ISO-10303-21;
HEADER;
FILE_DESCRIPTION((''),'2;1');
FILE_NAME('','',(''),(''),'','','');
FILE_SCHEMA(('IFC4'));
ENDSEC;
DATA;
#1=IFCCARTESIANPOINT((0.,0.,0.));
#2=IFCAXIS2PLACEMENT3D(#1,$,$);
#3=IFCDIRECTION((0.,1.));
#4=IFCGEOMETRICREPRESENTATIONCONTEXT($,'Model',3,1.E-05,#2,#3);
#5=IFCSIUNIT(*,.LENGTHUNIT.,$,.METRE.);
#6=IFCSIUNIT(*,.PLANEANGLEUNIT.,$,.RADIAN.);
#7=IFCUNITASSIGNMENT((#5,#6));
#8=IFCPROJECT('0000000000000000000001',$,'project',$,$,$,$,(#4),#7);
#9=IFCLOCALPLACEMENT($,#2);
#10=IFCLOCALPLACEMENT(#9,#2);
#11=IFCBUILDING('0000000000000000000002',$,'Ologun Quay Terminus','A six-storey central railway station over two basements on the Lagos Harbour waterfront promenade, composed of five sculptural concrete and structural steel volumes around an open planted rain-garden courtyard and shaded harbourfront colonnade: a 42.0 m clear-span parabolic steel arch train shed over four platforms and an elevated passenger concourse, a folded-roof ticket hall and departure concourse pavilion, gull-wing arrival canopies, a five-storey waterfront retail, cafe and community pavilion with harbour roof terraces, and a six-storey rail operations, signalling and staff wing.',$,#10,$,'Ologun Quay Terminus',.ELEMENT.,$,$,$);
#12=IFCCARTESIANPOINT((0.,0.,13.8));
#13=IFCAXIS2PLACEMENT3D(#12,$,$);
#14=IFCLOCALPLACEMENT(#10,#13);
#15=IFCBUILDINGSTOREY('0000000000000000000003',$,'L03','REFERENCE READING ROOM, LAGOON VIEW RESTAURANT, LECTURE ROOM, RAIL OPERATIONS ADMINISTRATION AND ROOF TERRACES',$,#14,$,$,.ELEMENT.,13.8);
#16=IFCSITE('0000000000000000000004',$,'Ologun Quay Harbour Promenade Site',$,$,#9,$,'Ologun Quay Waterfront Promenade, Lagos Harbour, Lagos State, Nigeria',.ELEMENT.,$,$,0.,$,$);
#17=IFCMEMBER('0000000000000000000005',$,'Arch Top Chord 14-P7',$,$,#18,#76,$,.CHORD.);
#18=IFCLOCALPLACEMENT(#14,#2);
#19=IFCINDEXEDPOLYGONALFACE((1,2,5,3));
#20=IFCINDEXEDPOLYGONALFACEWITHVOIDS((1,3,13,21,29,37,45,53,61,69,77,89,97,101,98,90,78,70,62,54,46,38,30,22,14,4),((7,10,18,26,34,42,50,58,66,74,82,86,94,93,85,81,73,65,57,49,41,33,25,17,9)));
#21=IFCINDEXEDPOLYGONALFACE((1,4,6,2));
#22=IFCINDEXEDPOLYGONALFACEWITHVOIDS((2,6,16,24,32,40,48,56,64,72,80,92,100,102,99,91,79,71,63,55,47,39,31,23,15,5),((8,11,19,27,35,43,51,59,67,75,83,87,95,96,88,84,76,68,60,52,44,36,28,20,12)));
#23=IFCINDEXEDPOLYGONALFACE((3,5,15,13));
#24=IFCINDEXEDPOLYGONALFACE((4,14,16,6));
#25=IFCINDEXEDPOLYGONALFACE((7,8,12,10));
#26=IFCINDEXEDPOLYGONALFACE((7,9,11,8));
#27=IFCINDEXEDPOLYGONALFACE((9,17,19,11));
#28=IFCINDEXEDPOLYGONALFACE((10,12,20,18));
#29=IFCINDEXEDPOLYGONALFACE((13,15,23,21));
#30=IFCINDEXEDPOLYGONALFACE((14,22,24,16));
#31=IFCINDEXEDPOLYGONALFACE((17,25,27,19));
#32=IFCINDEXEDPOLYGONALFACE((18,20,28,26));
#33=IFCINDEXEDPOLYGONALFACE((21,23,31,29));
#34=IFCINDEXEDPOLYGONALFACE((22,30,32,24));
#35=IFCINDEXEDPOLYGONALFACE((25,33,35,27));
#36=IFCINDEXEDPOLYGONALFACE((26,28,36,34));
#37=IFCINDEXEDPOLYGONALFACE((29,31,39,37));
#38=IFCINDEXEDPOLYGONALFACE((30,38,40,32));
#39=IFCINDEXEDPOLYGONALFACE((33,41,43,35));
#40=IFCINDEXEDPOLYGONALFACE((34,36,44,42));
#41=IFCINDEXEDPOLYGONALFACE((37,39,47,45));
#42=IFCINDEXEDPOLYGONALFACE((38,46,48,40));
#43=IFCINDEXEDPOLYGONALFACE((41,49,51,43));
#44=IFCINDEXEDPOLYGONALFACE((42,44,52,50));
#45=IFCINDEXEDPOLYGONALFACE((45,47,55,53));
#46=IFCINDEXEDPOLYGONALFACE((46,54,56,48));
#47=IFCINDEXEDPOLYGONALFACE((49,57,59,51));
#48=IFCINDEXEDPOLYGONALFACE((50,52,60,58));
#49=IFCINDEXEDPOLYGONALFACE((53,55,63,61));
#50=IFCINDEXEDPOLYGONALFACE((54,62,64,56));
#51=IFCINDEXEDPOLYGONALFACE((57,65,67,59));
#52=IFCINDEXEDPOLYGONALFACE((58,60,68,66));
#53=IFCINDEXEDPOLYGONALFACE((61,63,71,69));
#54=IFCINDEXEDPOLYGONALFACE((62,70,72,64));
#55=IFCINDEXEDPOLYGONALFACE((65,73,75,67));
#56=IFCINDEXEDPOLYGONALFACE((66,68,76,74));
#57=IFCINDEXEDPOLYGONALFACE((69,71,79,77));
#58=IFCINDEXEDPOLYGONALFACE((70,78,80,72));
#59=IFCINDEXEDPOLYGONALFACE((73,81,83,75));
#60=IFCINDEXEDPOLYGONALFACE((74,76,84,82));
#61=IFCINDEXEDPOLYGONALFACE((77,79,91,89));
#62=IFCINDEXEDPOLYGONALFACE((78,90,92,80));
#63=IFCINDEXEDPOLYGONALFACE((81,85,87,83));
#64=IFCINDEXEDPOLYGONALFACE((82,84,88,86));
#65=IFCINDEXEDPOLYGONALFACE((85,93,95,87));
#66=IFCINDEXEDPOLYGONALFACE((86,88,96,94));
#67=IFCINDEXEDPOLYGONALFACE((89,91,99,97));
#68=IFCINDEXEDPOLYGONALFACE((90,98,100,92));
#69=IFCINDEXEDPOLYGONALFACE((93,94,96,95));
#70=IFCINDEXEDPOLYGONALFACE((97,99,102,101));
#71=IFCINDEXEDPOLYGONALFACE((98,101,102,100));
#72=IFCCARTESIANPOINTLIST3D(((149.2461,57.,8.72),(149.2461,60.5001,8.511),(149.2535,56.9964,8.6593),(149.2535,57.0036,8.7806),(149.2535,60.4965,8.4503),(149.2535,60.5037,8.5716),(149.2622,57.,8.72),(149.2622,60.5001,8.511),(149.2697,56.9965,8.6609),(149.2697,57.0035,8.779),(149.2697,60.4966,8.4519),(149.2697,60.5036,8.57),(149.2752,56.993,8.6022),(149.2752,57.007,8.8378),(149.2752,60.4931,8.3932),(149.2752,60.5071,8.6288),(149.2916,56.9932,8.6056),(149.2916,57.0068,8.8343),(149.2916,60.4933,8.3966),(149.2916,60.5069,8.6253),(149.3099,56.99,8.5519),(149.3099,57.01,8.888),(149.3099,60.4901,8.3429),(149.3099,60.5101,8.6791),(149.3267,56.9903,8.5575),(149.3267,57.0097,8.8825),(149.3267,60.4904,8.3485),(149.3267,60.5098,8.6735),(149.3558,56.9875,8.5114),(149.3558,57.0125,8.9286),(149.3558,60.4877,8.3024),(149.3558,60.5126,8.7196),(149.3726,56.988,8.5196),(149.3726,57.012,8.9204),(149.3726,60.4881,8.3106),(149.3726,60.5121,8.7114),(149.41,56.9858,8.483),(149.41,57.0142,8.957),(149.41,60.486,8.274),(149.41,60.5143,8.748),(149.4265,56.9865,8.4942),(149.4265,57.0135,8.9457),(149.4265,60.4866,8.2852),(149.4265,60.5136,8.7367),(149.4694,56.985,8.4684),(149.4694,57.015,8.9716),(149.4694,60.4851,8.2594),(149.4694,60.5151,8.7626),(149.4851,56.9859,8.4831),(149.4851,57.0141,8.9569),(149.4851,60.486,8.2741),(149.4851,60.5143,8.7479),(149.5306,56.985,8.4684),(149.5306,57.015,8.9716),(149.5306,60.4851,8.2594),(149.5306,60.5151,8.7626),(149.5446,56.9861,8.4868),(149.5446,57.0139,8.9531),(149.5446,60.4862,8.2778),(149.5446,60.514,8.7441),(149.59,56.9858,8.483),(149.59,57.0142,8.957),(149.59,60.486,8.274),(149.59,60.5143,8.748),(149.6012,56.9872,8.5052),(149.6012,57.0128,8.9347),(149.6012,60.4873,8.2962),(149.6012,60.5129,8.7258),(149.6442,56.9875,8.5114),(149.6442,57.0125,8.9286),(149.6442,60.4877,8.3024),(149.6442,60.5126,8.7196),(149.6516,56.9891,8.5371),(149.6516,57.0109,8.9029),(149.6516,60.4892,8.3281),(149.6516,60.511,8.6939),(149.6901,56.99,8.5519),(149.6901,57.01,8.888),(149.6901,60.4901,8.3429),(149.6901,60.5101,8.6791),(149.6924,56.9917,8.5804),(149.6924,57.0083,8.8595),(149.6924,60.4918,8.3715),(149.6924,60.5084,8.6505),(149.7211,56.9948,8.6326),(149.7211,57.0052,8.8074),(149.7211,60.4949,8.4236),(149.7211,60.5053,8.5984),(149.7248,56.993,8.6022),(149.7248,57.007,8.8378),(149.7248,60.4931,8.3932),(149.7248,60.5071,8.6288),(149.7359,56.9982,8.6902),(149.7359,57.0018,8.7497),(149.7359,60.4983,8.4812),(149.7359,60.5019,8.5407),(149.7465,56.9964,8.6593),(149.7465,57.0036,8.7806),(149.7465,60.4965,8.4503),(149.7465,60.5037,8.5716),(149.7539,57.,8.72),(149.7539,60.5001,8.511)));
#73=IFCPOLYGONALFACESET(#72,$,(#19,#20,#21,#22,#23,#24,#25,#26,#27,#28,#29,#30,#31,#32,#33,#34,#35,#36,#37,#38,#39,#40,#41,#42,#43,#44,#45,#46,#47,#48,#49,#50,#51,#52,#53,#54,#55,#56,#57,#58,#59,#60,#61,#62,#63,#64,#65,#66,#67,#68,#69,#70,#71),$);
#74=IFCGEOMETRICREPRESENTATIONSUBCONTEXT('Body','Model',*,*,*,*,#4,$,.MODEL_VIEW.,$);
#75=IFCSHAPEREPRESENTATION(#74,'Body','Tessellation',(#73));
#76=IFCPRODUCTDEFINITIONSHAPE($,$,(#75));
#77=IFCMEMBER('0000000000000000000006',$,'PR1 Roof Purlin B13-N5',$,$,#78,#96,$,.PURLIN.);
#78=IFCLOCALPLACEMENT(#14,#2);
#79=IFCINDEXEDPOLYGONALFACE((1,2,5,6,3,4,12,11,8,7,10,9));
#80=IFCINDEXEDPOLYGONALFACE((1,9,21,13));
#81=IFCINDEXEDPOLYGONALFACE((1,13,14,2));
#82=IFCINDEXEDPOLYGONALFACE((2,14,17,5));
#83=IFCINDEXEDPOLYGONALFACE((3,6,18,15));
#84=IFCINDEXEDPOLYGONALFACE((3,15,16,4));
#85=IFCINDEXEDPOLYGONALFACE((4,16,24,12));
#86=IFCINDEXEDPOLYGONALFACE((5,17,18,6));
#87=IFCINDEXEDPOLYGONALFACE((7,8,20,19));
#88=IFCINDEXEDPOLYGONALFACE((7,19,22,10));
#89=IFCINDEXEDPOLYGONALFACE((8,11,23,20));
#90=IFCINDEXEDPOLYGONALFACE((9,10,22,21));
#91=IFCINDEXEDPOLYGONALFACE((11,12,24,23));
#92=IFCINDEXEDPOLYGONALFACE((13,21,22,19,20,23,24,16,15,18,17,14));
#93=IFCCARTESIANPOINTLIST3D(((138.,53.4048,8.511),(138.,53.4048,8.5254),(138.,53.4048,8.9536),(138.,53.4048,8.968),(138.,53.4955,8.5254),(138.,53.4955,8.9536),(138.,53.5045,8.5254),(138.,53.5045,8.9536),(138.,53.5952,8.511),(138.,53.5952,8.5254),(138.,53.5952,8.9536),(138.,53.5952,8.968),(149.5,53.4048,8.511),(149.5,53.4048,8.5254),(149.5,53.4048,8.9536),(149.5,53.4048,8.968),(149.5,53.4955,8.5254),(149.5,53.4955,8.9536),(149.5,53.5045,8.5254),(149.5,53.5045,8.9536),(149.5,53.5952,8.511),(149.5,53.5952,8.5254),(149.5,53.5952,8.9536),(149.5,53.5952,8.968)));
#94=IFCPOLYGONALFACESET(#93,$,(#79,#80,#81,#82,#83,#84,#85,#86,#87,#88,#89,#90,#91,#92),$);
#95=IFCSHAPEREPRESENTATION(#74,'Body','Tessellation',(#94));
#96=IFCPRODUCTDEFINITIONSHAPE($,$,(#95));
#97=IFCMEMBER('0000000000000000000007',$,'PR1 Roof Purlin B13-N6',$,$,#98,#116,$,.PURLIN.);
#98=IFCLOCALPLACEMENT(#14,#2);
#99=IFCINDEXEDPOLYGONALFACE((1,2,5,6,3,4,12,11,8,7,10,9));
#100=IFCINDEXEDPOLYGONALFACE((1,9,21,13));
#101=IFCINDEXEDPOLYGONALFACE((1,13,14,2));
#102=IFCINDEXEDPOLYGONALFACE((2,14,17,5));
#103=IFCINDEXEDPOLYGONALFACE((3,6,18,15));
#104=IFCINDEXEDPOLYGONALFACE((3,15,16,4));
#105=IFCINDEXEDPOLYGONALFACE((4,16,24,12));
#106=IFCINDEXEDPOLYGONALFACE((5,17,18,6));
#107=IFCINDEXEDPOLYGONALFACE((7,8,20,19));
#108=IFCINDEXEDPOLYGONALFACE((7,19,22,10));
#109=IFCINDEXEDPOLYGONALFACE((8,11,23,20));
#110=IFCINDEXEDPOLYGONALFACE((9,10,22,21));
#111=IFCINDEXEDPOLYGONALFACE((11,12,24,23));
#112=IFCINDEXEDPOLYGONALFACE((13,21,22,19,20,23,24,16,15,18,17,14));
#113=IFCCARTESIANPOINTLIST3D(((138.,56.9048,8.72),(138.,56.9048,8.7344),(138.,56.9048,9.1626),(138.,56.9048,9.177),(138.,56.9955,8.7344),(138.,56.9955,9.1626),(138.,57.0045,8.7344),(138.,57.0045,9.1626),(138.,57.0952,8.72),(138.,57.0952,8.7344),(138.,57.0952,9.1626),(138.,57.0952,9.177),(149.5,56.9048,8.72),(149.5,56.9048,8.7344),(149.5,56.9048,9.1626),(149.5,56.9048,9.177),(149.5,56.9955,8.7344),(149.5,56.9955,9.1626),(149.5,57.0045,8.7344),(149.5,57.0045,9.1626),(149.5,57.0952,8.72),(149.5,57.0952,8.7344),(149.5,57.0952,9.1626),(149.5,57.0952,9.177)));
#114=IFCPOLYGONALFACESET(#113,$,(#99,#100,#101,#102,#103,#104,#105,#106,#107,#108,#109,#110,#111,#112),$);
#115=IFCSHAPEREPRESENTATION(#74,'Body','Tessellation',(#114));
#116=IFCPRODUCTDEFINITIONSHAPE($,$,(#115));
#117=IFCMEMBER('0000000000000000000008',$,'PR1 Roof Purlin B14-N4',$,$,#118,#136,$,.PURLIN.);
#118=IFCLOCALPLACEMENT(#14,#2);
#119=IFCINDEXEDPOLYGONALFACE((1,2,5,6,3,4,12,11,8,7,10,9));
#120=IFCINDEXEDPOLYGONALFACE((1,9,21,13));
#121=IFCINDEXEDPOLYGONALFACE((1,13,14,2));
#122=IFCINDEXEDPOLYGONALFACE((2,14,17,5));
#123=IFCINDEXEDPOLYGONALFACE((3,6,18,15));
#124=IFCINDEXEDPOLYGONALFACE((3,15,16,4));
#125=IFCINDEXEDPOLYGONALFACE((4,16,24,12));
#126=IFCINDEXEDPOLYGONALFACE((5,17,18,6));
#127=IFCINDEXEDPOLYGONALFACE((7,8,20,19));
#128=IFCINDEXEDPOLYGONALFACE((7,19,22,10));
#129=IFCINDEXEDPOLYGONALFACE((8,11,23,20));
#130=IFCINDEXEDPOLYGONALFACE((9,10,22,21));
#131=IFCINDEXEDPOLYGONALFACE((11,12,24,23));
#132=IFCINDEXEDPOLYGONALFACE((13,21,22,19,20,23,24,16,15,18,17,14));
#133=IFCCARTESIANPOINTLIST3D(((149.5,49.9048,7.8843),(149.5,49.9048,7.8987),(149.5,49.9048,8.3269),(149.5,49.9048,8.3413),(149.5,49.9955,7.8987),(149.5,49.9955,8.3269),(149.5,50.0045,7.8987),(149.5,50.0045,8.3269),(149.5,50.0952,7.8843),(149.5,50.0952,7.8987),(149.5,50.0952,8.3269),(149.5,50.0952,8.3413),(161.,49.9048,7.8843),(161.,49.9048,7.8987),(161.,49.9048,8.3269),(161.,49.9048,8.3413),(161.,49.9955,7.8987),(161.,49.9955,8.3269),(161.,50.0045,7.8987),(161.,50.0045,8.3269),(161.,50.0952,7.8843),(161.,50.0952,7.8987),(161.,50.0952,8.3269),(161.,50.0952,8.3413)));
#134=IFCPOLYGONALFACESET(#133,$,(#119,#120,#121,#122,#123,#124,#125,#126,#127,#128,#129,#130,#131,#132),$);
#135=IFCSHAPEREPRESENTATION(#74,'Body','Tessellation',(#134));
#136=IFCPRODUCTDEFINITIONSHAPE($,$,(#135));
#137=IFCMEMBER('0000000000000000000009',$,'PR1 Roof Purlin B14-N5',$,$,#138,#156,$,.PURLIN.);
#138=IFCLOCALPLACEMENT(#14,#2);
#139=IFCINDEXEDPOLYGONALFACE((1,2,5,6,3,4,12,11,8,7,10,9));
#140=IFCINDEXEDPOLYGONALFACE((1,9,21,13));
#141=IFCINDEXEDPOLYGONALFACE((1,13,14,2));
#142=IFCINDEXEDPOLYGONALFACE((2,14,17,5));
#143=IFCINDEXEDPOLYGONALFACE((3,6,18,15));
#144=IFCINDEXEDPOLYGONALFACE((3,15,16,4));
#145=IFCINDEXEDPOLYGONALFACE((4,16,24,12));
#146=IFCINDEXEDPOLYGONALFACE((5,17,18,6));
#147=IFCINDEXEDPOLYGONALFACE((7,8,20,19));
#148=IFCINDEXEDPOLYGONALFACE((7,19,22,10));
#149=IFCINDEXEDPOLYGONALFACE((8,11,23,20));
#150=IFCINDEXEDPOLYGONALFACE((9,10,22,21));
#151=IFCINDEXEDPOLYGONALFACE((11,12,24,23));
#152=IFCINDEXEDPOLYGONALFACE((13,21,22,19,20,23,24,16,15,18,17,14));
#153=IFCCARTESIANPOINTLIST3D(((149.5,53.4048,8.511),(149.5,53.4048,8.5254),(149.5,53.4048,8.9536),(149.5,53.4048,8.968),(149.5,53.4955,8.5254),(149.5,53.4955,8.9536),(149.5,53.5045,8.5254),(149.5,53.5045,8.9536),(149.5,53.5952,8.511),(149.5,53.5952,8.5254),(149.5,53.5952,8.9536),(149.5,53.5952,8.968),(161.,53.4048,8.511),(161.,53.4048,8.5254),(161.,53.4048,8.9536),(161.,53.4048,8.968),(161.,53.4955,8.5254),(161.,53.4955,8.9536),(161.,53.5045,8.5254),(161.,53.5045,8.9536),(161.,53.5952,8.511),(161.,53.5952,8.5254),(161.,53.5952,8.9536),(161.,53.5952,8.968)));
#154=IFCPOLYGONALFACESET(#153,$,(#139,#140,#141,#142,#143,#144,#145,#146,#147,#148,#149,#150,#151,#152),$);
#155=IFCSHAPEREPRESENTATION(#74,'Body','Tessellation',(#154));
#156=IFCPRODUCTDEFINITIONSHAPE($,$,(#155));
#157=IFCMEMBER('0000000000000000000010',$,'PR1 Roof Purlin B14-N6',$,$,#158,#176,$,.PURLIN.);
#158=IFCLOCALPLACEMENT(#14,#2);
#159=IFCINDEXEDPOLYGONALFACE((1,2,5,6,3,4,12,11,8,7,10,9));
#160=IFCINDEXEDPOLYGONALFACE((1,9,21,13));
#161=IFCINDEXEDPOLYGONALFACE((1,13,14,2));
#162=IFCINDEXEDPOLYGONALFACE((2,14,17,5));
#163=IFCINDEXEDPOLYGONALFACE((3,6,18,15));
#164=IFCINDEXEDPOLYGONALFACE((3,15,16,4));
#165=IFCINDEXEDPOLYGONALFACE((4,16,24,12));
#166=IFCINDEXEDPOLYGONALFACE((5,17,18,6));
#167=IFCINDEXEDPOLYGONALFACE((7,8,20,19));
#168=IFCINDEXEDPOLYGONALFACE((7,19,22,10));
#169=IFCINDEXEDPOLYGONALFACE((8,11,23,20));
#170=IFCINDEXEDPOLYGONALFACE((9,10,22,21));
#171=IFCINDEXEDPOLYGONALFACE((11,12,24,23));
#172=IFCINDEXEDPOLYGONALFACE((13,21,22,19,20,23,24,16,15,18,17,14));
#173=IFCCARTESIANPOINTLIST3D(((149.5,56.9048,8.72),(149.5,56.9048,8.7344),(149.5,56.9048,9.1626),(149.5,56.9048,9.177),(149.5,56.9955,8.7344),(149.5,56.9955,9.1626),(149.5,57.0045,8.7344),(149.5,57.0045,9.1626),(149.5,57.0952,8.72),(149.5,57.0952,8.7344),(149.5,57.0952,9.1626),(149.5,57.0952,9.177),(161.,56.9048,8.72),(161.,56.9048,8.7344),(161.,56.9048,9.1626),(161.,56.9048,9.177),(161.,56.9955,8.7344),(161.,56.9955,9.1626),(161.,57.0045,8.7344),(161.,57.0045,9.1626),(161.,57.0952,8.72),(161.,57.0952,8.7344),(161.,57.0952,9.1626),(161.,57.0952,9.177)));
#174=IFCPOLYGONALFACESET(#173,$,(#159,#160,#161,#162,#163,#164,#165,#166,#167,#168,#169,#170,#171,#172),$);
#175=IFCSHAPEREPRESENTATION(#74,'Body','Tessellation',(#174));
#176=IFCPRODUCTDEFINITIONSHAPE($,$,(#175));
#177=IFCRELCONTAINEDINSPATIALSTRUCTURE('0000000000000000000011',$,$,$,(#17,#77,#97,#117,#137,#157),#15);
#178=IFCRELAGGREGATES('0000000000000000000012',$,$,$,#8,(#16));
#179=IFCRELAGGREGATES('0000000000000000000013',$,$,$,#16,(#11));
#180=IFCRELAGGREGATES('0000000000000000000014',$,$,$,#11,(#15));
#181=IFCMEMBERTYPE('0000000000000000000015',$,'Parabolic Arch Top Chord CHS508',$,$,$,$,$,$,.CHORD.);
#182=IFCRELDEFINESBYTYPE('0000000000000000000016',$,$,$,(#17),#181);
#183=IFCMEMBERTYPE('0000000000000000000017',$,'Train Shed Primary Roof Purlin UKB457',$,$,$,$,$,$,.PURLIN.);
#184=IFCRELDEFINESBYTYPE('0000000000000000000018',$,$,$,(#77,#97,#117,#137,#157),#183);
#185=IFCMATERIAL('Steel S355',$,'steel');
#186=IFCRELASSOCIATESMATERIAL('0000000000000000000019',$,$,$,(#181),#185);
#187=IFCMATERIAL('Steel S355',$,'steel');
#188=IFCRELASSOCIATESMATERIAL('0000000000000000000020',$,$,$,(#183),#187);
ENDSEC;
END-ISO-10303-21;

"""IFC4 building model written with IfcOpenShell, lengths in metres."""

from ifc_helpers import new_model, si_unit, direction, frame, origin, origin_2d, place, context, subcontext, project, spatial, hollow_circle, i_section, extrude, material, material_profile, profile_set, type_object, element, save


model = new_model("IFC4")

# Units and contexts
model_context = context("Model", 3, precision=1e-05, world=origin(), true_north=direction((0.0, 1.0)))
body_context = subcontext(model_context, "Body", "Model", "MODEL_VIEW")
ifc_project = project(units=[si_unit("LENGTHUNIT", "METRE"), si_unit("PLANEANGLEUNIT", "RADIAN")], contexts=[model_context])

# Site, building, storey
site_placement = place(None, origin())
site = spatial("IfcSite", under=ifc_project, at=site_placement, Name="Ologun Quay Harbour Promenade Site", LongName="Ologun Quay Waterfront Promenade, Lagos Harbour, Lagos State, Nigeria", CompositionType="ELEMENT", RefElevation=0.0)
building_placement = place(site_placement, origin())
building = spatial("IfcBuilding", under=site, at=building_placement, Name="Ologun Quay Terminus", Description="A six-storey central railway station over two basements on the Lagos Harbour waterfront promenade, composed of five sculptural concrete and structural steel volumes around an open planted rain-garden courtyard and shaded harbourfront colonnade: a 42.0 m clear-span parabolic steel arch train shed over four platforms and an elevated passenger concourse, a folded-roof ticket hall and departure concourse pavilion, gull-wing arrival canopies, a five-storey waterfront retail, cafe and community pavilion with harbour roof terraces, and a six-storey rail operations, signalling and staff wing.", LongName="Ologun Quay Terminus", CompositionType="ELEMENT")
storey_placement = place(building_placement, frame((0.0, 0.0, 13.8)))
storey = spatial("IfcBuildingStorey", under=building, at=storey_placement, Name="L03", Description="REFERENCE READING ROOM, LAGOON VIEW RESTAURANT, LECTURE ROOM, RAIL OPERATIONS ADMINISTRATION AND ROOF TERRACES", CompositionType="ELEMENT", Elevation=13.8)

# Members
ifc_material_1 = material(Name="Steel S355", Category="steel")
ifc_material_profile_1 = material_profile(ifc_material_1, hollow_circle(Radius=0.2539, WallThickness=0.0161, at=origin_2d()), Name="CHS 508x16")
ifc_profile_set_1 = profile_set([ifc_material_profile_1], Name="Steel S355")
member_type_1 = type_object("IfcMemberType", Name="Parabolic Arch Top Chord CHS508", PredefinedType="CHORD", material=ifc_profile_set_1)
for number, where, z_axis, x_axis, name in (
    (1, (149.5, 57.0, 8.72), (0.0, 0.998222, -0.059604), (-1.0, 0.0, 0.0), "Arch Top Chord 14-P7"),
):
    element("IfcMember", number, at=place(storey_placement, frame(where, z_axis=z_axis, x_axis=x_axis)), inside=storey, type_object=member_type_1, Name=name, PredefinedType="CHORD", context=body_context, shape_type="SweptSolid", body=[
        extrude(hollow_circle(Radius=0.2539, WallThickness=0.0161, at=origin_2d()), origin(), (0.0, 0.0, 1.0), 3.5063),
    ])
ifc_material_2 = material(Name="Steel S355", Category="steel")
ifc_material_profile_2 = material_profile(ifc_material_2, i_section(OverallWidth=0.1904, OverallDepth=0.457, WebThickness=0.009, FlangeThickness=0.0144, at=origin_2d()), Name="UKB 457x191x74")
ifc_profile_set_2 = profile_set([ifc_material_profile_2], Name="Steel S355")
member_type_2 = type_object("IfcMemberType", Name="Train Shed Primary Roof Purlin UKB457", PredefinedType="PURLIN", material=ifc_profile_set_2)
for number, where, z_axis, x_axis, name in (
    (2, (138.0, 53.5, 8.7395), (1.0, 0.0, 0.0), (0.0, 1.0, 0.0), "PR1 Roof Purlin B13-N5"),
    (3, (138.0, 57.0, 8.9485), (1.0, 0.0, 0.0), (0.0, 1.0, 0.0), "PR1 Roof Purlin B13-N6"),
    (4, (149.5, 50.0, 8.1128), (1.0, 0.0, 0.0), (0.0, 1.0, 0.0), "PR1 Roof Purlin B14-N4"),
    (5, (149.5, 53.5, 8.7395), (1.0, 0.0, 0.0), (0.0, 1.0, 0.0), "PR1 Roof Purlin B14-N5"),
    (6, (149.5, 57.0, 8.9485), (1.0, 0.0, 0.0), (0.0, 1.0, 0.0), "PR1 Roof Purlin B14-N6"),
):
    element("IfcMember", number, at=place(storey_placement, frame(where, z_axis=z_axis, x_axis=x_axis)), inside=storey, type_object=member_type_2, Name=name, PredefinedType="PURLIN", context=body_context, shape_type="SweptSolid", body=[
        extrude(i_section(OverallWidth=0.1904, OverallDepth=0.457, WebThickness=0.009, FlangeThickness=0.0144, at=origin_2d()), origin(), (0.0, 0.0, 1.0), 11.5),
    ])

save(model, "model.ifc")
